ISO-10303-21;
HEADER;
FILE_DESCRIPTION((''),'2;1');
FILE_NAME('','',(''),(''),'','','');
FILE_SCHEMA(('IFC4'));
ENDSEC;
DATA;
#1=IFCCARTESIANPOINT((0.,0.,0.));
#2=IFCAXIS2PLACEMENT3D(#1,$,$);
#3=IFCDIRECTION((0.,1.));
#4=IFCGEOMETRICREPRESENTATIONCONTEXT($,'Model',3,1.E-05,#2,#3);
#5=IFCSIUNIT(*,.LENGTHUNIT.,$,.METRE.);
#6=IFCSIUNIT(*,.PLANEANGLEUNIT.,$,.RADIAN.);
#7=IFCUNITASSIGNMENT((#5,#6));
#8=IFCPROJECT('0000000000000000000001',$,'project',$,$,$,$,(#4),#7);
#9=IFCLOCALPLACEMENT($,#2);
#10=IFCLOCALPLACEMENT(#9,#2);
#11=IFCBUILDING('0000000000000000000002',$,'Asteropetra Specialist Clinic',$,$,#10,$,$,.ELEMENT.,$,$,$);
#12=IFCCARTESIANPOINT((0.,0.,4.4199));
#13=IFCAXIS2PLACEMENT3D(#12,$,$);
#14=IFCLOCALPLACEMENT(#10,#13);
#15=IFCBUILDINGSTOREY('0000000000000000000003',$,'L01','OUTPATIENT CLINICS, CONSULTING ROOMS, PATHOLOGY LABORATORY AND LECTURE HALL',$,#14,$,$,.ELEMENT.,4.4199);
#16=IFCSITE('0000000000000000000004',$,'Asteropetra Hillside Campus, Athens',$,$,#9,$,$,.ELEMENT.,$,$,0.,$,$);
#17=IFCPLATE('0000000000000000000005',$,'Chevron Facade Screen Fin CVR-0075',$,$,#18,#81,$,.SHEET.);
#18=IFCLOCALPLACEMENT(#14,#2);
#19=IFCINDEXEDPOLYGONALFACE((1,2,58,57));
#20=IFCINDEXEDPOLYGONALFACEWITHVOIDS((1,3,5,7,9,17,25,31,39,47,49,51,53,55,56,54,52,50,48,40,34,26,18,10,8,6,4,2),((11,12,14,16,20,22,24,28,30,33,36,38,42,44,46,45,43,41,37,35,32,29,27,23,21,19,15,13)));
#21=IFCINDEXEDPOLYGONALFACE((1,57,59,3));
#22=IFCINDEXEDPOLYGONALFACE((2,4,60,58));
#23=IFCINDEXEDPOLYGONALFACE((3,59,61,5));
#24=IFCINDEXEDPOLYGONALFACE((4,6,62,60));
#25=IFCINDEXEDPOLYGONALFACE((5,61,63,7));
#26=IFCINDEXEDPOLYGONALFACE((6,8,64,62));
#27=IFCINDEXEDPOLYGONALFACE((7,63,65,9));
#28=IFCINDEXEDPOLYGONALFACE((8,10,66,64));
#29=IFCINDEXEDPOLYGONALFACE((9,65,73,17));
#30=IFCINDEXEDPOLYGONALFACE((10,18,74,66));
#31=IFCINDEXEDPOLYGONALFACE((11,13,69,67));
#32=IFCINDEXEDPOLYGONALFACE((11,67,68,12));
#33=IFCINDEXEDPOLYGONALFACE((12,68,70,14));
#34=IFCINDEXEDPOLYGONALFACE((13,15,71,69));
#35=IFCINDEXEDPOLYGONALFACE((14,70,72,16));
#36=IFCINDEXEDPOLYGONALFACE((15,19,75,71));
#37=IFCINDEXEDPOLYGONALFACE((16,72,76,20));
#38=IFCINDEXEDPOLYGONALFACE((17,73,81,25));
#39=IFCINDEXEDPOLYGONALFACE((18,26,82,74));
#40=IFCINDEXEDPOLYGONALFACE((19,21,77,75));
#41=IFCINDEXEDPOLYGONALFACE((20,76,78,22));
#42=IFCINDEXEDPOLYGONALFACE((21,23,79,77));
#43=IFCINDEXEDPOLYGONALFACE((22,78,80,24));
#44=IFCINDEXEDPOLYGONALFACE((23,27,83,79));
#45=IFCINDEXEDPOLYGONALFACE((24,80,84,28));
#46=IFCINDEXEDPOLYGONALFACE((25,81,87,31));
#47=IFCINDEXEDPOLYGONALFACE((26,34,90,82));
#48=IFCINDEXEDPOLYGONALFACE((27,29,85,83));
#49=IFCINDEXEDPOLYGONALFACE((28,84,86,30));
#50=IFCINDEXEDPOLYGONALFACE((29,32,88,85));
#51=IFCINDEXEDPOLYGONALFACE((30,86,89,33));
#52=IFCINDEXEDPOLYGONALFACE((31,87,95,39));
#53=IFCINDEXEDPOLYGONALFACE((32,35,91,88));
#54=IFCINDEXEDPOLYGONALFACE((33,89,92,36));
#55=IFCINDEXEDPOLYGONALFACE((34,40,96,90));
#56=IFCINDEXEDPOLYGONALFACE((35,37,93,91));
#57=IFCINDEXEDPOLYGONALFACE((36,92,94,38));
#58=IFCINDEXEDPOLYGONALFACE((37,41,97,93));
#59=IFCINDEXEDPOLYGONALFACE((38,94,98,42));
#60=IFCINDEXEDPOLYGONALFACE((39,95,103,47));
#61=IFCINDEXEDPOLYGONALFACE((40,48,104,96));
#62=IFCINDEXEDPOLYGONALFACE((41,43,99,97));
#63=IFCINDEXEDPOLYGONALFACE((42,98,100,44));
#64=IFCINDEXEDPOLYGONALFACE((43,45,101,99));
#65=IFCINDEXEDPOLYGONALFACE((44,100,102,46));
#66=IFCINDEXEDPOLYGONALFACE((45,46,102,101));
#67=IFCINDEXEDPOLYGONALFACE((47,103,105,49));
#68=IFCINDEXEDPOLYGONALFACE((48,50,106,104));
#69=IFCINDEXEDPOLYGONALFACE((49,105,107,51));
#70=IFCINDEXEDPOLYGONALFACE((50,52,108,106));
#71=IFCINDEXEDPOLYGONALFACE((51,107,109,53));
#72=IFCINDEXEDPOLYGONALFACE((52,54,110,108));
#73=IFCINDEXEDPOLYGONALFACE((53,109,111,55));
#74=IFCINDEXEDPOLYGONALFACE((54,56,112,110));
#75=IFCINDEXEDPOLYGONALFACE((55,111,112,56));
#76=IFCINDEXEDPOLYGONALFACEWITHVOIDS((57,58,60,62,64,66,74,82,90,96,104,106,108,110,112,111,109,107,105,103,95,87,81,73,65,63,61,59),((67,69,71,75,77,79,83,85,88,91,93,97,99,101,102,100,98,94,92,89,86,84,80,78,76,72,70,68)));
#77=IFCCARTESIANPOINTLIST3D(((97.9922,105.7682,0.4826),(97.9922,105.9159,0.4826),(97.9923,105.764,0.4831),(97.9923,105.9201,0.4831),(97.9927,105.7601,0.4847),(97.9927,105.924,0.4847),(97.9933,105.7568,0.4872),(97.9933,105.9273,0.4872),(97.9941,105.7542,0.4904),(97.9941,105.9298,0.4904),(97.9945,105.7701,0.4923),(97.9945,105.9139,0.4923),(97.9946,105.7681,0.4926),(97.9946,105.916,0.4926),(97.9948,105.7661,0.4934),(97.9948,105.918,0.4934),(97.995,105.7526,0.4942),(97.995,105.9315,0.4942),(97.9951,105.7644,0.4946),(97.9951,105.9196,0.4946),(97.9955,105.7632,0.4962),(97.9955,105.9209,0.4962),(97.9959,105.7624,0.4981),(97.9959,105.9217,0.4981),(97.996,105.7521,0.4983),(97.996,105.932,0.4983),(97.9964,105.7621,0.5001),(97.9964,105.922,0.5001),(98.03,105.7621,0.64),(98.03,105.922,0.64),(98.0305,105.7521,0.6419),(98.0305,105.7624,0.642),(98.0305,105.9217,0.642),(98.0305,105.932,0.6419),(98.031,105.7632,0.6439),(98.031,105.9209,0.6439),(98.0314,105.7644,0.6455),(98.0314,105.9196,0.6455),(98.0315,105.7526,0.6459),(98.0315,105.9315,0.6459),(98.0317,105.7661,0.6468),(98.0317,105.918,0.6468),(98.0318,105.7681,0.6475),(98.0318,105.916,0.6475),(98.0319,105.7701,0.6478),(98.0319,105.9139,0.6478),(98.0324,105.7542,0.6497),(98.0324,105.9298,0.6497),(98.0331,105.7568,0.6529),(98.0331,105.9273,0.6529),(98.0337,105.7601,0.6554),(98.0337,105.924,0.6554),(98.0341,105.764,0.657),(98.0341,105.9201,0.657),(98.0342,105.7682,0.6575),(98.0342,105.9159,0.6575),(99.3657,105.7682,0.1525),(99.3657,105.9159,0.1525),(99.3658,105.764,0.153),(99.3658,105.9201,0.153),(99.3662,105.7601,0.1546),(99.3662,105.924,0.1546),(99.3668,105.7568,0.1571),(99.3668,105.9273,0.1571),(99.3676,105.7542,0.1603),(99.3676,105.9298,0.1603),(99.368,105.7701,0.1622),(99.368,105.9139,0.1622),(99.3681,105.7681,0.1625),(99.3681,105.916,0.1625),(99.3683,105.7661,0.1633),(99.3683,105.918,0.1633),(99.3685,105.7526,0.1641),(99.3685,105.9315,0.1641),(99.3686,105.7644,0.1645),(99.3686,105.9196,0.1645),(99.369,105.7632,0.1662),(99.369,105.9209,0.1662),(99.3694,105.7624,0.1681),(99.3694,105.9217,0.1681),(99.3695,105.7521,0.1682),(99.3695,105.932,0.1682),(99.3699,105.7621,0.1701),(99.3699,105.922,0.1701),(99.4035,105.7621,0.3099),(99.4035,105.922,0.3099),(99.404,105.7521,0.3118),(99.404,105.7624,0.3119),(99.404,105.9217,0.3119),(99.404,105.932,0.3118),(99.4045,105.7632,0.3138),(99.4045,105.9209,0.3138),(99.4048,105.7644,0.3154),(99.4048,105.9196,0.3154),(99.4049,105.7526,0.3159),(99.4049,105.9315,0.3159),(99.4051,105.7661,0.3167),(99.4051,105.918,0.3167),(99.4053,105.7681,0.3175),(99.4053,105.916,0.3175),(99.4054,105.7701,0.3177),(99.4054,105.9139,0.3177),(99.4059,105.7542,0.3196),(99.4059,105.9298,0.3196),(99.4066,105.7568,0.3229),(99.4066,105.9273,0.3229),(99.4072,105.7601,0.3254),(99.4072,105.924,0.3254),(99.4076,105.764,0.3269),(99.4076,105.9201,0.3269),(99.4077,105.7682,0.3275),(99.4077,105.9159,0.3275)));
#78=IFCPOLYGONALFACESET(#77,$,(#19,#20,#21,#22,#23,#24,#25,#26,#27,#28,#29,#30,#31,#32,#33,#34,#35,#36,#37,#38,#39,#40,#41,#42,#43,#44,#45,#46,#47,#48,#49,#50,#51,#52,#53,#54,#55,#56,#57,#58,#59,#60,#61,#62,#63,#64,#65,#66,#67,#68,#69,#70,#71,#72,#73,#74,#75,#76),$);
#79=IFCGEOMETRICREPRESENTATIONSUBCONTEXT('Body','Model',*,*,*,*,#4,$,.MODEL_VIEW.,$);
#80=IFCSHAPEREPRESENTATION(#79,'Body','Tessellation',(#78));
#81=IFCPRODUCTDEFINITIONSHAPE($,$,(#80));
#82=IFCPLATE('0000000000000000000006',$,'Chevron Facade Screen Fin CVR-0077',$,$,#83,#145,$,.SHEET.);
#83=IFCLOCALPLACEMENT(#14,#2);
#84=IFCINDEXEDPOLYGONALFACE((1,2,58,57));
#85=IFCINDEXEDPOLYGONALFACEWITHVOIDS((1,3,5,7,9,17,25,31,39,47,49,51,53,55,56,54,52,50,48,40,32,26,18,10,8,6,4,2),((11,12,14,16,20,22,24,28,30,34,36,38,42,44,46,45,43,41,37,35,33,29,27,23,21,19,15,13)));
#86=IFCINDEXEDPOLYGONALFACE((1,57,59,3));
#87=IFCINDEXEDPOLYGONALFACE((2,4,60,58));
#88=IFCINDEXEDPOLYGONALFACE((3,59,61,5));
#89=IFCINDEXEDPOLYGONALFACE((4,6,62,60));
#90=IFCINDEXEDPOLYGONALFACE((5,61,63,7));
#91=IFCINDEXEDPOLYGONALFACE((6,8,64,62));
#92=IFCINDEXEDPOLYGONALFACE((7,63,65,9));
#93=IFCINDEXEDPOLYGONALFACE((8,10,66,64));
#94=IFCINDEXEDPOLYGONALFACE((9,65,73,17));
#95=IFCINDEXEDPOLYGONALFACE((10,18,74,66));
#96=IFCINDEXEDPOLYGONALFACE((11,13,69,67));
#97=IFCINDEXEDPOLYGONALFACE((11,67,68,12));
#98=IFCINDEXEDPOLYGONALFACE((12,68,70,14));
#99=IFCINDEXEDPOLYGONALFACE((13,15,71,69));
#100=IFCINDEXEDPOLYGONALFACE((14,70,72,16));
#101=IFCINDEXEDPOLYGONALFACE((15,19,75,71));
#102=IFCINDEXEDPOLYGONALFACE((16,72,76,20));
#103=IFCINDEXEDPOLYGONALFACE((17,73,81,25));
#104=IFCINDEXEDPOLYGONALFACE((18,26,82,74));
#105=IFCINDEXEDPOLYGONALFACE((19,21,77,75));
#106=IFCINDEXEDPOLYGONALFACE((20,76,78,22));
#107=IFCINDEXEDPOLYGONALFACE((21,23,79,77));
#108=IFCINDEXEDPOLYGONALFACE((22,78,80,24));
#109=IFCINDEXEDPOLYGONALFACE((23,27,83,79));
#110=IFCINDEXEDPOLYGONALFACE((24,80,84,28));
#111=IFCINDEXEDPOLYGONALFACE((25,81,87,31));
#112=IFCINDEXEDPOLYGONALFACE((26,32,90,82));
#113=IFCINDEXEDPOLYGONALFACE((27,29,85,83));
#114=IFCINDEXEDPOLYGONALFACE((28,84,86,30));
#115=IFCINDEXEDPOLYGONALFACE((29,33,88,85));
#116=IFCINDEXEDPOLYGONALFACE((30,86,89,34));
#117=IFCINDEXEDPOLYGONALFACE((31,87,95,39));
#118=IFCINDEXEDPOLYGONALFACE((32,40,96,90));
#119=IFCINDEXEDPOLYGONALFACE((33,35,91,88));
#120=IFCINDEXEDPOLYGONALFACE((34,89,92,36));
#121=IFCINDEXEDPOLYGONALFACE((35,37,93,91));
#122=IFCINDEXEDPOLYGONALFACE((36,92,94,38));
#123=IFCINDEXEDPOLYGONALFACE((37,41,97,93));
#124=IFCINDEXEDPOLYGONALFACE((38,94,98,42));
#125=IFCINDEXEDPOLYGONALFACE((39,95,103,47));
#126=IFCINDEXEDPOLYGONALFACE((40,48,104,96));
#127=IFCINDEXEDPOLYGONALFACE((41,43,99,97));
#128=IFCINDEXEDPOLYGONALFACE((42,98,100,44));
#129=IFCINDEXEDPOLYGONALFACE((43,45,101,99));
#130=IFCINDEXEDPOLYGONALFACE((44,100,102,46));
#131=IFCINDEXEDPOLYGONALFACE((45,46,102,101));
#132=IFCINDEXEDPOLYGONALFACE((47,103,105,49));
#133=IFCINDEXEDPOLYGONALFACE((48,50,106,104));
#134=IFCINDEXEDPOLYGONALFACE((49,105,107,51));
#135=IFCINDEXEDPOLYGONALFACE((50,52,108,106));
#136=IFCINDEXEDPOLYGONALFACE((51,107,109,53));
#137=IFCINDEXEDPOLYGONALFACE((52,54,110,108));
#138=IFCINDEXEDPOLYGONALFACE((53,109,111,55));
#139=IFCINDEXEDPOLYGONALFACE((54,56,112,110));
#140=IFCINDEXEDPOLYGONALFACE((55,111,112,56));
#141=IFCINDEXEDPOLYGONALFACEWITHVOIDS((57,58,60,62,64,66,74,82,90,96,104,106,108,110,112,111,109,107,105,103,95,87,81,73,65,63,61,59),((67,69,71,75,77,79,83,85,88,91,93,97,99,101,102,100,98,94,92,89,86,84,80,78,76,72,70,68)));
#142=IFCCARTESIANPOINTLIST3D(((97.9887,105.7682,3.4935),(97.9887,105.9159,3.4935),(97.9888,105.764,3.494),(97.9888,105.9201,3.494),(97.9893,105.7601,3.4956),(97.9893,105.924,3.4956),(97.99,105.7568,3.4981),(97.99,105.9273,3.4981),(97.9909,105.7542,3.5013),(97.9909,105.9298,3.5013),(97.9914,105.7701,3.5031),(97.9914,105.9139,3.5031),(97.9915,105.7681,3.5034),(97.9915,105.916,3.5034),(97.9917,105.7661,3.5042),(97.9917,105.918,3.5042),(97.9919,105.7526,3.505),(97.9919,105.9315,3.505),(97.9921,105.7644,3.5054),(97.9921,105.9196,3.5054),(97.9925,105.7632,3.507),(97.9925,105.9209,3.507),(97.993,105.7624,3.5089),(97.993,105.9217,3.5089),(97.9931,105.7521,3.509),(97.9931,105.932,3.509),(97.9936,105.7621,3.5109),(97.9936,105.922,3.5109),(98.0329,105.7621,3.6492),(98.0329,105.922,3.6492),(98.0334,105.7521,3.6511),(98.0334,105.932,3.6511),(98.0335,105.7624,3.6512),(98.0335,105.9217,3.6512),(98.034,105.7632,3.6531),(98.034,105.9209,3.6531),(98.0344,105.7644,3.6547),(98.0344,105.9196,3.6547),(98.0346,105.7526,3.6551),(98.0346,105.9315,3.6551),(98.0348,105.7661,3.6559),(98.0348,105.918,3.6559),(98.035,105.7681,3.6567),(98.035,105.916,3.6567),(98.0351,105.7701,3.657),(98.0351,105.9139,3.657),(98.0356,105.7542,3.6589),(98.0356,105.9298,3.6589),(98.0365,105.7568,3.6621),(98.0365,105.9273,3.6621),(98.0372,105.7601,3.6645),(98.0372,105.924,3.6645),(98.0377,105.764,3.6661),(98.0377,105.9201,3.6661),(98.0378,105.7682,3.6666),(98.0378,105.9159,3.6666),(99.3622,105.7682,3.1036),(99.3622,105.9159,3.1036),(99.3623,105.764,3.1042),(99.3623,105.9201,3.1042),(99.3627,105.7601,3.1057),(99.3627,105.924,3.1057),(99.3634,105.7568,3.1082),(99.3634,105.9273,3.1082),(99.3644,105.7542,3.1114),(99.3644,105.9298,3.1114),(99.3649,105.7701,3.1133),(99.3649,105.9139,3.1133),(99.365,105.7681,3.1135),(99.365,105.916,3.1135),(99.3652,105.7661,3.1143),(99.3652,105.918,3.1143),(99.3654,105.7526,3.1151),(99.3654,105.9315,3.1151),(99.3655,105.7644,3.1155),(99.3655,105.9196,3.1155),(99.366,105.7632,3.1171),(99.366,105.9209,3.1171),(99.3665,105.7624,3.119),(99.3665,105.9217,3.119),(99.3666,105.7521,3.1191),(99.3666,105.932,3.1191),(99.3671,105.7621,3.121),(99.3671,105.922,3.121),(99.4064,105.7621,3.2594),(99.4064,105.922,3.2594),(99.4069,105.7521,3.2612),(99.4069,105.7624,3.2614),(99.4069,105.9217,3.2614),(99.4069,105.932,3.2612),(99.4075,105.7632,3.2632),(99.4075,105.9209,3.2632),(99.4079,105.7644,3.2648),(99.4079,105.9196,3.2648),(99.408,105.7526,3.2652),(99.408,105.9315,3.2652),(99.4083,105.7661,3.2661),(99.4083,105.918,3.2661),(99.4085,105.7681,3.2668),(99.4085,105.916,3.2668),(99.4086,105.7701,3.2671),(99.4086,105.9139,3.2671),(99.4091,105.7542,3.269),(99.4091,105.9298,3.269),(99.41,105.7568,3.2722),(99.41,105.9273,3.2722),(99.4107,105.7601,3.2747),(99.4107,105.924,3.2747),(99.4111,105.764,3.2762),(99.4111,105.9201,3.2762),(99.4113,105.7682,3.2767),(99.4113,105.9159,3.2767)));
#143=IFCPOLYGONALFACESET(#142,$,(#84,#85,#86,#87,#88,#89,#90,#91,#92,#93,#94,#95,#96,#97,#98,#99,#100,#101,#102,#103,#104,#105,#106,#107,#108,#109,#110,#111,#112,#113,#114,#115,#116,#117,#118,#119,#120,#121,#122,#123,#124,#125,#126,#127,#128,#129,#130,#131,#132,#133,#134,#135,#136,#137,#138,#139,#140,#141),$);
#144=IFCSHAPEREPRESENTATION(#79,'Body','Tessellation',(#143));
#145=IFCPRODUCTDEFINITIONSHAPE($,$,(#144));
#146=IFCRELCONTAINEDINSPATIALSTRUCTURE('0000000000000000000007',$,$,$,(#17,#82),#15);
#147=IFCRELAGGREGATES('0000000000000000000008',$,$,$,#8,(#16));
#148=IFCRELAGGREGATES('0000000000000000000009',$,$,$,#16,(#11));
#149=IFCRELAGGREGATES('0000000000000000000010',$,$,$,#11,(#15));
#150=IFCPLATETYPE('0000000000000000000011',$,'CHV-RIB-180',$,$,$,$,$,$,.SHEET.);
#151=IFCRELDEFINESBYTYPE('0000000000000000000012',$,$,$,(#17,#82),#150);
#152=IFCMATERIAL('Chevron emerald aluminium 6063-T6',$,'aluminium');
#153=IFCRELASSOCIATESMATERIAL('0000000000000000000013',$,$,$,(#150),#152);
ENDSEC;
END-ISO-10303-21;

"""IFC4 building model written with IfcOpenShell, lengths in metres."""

from ifc_helpers import new_model, si_unit, direction, frame, origin, origin_2d, place, context, subcontext, project, spatial, hollow_rectangle, extrude, material, material_profile, profile_set, type_object, element, save


model = new_model("IFC4")

# Units and contexts
model_context = context("Model", 3, precision=1e-05, world=origin(), true_north=direction((0.0, 1.0)))
body_context = subcontext(model_context, "Body", "Model", "MODEL_VIEW")
ifc_project = project(units=[si_unit("LENGTHUNIT", "METRE"), si_unit("PLANEANGLEUNIT", "RADIAN")], contexts=[model_context])

# Site, building, storey
site_placement = place(None, origin())
site = spatial("IfcSite", under=ifc_project, at=site_placement, Name="Asteropetra Hillside Campus, Athens", CompositionType="ELEMENT", RefElevation=0.0)
building_placement = place(site_placement, origin())
building = spatial("IfcBuilding", under=site, at=building_placement, Name="Asteropetra Specialist Clinic", CompositionType="ELEMENT")
storey_placement = place(building_placement, frame((0.0, 0.0, 4.4199)))
storey = spatial("IfcBuildingStorey", under=building, at=storey_placement, Name="L01", Description="OUTPATIENT CLINICS, CONSULTING ROOMS, PATHOLOGY LABORATORY AND LECTURE HALL", CompositionType="ELEMENT", Elevation=4.4199)

# Plates
ifc_material_1 = material(Name="Chevron emerald aluminium 6063-T6", Category="aluminium")
ifc_material_profile_1 = material_profile(ifc_material_1, hollow_rectangle(XDim=0.1799, YDim=0.1799, WallThickness=0.01, InnerFilletRadius=0.0081, OuterFilletRadius=0.0161, at=origin_2d()), Name="SHS 180x180x10.0")
ifc_profile_set_1 = profile_set([ifc_material_profile_1], Name="Chevron emerald aluminium 6063-T6")
plate_type = type_object("IfcPlateType", Name="CHV-RIB-180", PredefinedType="SHEET", material=ifc_profile_set_1)
plate_1_placement = place(storey_placement, frame((99.3867, 105.842, 0.24), z_axis=(-0.972318, 0.0, 0.233661), x_axis=(0.0, -1.0, 0.0)))
element("IfcPlate", 1, at=plate_1_placement, inside=storey, type_object=plate_type, Name="Chevron Facade Screen Fin CVR-0075", PredefinedType="SHEET", context=body_context, shape_type="SweptSolid", body=[
    extrude(hollow_rectangle(XDim=0.1799, YDim=0.1799, WallThickness=0.01, InnerFilletRadius=0.0081, OuterFilletRadius=0.0161, at=origin_2d()), origin(), (0.0, 0.0, 1.0), 1.4126),
])
plate_2_placement = place(storey_placement, frame((99.3867, 105.842, 3.1902), z_axis=(-0.961994, 0.0, 0.273072), x_axis=(0.0, -1.0, 0.0)))
element("IfcPlate", 2, at=plate_2_placement, inside=storey, type_object=plate_type, Name="Chevron Facade Screen Fin CVR-0077", PredefinedType="SHEET", context=body_context, shape_type="SweptSolid", body=[
    extrude(hollow_rectangle(XDim=0.1799, YDim=0.1799, WallThickness=0.01, InnerFilletRadius=0.0081, OuterFilletRadius=0.0161, at=origin_2d()), origin(), (0.0, 0.0, 1.0), 1.4277),
])

save(model, "model.ifc")
